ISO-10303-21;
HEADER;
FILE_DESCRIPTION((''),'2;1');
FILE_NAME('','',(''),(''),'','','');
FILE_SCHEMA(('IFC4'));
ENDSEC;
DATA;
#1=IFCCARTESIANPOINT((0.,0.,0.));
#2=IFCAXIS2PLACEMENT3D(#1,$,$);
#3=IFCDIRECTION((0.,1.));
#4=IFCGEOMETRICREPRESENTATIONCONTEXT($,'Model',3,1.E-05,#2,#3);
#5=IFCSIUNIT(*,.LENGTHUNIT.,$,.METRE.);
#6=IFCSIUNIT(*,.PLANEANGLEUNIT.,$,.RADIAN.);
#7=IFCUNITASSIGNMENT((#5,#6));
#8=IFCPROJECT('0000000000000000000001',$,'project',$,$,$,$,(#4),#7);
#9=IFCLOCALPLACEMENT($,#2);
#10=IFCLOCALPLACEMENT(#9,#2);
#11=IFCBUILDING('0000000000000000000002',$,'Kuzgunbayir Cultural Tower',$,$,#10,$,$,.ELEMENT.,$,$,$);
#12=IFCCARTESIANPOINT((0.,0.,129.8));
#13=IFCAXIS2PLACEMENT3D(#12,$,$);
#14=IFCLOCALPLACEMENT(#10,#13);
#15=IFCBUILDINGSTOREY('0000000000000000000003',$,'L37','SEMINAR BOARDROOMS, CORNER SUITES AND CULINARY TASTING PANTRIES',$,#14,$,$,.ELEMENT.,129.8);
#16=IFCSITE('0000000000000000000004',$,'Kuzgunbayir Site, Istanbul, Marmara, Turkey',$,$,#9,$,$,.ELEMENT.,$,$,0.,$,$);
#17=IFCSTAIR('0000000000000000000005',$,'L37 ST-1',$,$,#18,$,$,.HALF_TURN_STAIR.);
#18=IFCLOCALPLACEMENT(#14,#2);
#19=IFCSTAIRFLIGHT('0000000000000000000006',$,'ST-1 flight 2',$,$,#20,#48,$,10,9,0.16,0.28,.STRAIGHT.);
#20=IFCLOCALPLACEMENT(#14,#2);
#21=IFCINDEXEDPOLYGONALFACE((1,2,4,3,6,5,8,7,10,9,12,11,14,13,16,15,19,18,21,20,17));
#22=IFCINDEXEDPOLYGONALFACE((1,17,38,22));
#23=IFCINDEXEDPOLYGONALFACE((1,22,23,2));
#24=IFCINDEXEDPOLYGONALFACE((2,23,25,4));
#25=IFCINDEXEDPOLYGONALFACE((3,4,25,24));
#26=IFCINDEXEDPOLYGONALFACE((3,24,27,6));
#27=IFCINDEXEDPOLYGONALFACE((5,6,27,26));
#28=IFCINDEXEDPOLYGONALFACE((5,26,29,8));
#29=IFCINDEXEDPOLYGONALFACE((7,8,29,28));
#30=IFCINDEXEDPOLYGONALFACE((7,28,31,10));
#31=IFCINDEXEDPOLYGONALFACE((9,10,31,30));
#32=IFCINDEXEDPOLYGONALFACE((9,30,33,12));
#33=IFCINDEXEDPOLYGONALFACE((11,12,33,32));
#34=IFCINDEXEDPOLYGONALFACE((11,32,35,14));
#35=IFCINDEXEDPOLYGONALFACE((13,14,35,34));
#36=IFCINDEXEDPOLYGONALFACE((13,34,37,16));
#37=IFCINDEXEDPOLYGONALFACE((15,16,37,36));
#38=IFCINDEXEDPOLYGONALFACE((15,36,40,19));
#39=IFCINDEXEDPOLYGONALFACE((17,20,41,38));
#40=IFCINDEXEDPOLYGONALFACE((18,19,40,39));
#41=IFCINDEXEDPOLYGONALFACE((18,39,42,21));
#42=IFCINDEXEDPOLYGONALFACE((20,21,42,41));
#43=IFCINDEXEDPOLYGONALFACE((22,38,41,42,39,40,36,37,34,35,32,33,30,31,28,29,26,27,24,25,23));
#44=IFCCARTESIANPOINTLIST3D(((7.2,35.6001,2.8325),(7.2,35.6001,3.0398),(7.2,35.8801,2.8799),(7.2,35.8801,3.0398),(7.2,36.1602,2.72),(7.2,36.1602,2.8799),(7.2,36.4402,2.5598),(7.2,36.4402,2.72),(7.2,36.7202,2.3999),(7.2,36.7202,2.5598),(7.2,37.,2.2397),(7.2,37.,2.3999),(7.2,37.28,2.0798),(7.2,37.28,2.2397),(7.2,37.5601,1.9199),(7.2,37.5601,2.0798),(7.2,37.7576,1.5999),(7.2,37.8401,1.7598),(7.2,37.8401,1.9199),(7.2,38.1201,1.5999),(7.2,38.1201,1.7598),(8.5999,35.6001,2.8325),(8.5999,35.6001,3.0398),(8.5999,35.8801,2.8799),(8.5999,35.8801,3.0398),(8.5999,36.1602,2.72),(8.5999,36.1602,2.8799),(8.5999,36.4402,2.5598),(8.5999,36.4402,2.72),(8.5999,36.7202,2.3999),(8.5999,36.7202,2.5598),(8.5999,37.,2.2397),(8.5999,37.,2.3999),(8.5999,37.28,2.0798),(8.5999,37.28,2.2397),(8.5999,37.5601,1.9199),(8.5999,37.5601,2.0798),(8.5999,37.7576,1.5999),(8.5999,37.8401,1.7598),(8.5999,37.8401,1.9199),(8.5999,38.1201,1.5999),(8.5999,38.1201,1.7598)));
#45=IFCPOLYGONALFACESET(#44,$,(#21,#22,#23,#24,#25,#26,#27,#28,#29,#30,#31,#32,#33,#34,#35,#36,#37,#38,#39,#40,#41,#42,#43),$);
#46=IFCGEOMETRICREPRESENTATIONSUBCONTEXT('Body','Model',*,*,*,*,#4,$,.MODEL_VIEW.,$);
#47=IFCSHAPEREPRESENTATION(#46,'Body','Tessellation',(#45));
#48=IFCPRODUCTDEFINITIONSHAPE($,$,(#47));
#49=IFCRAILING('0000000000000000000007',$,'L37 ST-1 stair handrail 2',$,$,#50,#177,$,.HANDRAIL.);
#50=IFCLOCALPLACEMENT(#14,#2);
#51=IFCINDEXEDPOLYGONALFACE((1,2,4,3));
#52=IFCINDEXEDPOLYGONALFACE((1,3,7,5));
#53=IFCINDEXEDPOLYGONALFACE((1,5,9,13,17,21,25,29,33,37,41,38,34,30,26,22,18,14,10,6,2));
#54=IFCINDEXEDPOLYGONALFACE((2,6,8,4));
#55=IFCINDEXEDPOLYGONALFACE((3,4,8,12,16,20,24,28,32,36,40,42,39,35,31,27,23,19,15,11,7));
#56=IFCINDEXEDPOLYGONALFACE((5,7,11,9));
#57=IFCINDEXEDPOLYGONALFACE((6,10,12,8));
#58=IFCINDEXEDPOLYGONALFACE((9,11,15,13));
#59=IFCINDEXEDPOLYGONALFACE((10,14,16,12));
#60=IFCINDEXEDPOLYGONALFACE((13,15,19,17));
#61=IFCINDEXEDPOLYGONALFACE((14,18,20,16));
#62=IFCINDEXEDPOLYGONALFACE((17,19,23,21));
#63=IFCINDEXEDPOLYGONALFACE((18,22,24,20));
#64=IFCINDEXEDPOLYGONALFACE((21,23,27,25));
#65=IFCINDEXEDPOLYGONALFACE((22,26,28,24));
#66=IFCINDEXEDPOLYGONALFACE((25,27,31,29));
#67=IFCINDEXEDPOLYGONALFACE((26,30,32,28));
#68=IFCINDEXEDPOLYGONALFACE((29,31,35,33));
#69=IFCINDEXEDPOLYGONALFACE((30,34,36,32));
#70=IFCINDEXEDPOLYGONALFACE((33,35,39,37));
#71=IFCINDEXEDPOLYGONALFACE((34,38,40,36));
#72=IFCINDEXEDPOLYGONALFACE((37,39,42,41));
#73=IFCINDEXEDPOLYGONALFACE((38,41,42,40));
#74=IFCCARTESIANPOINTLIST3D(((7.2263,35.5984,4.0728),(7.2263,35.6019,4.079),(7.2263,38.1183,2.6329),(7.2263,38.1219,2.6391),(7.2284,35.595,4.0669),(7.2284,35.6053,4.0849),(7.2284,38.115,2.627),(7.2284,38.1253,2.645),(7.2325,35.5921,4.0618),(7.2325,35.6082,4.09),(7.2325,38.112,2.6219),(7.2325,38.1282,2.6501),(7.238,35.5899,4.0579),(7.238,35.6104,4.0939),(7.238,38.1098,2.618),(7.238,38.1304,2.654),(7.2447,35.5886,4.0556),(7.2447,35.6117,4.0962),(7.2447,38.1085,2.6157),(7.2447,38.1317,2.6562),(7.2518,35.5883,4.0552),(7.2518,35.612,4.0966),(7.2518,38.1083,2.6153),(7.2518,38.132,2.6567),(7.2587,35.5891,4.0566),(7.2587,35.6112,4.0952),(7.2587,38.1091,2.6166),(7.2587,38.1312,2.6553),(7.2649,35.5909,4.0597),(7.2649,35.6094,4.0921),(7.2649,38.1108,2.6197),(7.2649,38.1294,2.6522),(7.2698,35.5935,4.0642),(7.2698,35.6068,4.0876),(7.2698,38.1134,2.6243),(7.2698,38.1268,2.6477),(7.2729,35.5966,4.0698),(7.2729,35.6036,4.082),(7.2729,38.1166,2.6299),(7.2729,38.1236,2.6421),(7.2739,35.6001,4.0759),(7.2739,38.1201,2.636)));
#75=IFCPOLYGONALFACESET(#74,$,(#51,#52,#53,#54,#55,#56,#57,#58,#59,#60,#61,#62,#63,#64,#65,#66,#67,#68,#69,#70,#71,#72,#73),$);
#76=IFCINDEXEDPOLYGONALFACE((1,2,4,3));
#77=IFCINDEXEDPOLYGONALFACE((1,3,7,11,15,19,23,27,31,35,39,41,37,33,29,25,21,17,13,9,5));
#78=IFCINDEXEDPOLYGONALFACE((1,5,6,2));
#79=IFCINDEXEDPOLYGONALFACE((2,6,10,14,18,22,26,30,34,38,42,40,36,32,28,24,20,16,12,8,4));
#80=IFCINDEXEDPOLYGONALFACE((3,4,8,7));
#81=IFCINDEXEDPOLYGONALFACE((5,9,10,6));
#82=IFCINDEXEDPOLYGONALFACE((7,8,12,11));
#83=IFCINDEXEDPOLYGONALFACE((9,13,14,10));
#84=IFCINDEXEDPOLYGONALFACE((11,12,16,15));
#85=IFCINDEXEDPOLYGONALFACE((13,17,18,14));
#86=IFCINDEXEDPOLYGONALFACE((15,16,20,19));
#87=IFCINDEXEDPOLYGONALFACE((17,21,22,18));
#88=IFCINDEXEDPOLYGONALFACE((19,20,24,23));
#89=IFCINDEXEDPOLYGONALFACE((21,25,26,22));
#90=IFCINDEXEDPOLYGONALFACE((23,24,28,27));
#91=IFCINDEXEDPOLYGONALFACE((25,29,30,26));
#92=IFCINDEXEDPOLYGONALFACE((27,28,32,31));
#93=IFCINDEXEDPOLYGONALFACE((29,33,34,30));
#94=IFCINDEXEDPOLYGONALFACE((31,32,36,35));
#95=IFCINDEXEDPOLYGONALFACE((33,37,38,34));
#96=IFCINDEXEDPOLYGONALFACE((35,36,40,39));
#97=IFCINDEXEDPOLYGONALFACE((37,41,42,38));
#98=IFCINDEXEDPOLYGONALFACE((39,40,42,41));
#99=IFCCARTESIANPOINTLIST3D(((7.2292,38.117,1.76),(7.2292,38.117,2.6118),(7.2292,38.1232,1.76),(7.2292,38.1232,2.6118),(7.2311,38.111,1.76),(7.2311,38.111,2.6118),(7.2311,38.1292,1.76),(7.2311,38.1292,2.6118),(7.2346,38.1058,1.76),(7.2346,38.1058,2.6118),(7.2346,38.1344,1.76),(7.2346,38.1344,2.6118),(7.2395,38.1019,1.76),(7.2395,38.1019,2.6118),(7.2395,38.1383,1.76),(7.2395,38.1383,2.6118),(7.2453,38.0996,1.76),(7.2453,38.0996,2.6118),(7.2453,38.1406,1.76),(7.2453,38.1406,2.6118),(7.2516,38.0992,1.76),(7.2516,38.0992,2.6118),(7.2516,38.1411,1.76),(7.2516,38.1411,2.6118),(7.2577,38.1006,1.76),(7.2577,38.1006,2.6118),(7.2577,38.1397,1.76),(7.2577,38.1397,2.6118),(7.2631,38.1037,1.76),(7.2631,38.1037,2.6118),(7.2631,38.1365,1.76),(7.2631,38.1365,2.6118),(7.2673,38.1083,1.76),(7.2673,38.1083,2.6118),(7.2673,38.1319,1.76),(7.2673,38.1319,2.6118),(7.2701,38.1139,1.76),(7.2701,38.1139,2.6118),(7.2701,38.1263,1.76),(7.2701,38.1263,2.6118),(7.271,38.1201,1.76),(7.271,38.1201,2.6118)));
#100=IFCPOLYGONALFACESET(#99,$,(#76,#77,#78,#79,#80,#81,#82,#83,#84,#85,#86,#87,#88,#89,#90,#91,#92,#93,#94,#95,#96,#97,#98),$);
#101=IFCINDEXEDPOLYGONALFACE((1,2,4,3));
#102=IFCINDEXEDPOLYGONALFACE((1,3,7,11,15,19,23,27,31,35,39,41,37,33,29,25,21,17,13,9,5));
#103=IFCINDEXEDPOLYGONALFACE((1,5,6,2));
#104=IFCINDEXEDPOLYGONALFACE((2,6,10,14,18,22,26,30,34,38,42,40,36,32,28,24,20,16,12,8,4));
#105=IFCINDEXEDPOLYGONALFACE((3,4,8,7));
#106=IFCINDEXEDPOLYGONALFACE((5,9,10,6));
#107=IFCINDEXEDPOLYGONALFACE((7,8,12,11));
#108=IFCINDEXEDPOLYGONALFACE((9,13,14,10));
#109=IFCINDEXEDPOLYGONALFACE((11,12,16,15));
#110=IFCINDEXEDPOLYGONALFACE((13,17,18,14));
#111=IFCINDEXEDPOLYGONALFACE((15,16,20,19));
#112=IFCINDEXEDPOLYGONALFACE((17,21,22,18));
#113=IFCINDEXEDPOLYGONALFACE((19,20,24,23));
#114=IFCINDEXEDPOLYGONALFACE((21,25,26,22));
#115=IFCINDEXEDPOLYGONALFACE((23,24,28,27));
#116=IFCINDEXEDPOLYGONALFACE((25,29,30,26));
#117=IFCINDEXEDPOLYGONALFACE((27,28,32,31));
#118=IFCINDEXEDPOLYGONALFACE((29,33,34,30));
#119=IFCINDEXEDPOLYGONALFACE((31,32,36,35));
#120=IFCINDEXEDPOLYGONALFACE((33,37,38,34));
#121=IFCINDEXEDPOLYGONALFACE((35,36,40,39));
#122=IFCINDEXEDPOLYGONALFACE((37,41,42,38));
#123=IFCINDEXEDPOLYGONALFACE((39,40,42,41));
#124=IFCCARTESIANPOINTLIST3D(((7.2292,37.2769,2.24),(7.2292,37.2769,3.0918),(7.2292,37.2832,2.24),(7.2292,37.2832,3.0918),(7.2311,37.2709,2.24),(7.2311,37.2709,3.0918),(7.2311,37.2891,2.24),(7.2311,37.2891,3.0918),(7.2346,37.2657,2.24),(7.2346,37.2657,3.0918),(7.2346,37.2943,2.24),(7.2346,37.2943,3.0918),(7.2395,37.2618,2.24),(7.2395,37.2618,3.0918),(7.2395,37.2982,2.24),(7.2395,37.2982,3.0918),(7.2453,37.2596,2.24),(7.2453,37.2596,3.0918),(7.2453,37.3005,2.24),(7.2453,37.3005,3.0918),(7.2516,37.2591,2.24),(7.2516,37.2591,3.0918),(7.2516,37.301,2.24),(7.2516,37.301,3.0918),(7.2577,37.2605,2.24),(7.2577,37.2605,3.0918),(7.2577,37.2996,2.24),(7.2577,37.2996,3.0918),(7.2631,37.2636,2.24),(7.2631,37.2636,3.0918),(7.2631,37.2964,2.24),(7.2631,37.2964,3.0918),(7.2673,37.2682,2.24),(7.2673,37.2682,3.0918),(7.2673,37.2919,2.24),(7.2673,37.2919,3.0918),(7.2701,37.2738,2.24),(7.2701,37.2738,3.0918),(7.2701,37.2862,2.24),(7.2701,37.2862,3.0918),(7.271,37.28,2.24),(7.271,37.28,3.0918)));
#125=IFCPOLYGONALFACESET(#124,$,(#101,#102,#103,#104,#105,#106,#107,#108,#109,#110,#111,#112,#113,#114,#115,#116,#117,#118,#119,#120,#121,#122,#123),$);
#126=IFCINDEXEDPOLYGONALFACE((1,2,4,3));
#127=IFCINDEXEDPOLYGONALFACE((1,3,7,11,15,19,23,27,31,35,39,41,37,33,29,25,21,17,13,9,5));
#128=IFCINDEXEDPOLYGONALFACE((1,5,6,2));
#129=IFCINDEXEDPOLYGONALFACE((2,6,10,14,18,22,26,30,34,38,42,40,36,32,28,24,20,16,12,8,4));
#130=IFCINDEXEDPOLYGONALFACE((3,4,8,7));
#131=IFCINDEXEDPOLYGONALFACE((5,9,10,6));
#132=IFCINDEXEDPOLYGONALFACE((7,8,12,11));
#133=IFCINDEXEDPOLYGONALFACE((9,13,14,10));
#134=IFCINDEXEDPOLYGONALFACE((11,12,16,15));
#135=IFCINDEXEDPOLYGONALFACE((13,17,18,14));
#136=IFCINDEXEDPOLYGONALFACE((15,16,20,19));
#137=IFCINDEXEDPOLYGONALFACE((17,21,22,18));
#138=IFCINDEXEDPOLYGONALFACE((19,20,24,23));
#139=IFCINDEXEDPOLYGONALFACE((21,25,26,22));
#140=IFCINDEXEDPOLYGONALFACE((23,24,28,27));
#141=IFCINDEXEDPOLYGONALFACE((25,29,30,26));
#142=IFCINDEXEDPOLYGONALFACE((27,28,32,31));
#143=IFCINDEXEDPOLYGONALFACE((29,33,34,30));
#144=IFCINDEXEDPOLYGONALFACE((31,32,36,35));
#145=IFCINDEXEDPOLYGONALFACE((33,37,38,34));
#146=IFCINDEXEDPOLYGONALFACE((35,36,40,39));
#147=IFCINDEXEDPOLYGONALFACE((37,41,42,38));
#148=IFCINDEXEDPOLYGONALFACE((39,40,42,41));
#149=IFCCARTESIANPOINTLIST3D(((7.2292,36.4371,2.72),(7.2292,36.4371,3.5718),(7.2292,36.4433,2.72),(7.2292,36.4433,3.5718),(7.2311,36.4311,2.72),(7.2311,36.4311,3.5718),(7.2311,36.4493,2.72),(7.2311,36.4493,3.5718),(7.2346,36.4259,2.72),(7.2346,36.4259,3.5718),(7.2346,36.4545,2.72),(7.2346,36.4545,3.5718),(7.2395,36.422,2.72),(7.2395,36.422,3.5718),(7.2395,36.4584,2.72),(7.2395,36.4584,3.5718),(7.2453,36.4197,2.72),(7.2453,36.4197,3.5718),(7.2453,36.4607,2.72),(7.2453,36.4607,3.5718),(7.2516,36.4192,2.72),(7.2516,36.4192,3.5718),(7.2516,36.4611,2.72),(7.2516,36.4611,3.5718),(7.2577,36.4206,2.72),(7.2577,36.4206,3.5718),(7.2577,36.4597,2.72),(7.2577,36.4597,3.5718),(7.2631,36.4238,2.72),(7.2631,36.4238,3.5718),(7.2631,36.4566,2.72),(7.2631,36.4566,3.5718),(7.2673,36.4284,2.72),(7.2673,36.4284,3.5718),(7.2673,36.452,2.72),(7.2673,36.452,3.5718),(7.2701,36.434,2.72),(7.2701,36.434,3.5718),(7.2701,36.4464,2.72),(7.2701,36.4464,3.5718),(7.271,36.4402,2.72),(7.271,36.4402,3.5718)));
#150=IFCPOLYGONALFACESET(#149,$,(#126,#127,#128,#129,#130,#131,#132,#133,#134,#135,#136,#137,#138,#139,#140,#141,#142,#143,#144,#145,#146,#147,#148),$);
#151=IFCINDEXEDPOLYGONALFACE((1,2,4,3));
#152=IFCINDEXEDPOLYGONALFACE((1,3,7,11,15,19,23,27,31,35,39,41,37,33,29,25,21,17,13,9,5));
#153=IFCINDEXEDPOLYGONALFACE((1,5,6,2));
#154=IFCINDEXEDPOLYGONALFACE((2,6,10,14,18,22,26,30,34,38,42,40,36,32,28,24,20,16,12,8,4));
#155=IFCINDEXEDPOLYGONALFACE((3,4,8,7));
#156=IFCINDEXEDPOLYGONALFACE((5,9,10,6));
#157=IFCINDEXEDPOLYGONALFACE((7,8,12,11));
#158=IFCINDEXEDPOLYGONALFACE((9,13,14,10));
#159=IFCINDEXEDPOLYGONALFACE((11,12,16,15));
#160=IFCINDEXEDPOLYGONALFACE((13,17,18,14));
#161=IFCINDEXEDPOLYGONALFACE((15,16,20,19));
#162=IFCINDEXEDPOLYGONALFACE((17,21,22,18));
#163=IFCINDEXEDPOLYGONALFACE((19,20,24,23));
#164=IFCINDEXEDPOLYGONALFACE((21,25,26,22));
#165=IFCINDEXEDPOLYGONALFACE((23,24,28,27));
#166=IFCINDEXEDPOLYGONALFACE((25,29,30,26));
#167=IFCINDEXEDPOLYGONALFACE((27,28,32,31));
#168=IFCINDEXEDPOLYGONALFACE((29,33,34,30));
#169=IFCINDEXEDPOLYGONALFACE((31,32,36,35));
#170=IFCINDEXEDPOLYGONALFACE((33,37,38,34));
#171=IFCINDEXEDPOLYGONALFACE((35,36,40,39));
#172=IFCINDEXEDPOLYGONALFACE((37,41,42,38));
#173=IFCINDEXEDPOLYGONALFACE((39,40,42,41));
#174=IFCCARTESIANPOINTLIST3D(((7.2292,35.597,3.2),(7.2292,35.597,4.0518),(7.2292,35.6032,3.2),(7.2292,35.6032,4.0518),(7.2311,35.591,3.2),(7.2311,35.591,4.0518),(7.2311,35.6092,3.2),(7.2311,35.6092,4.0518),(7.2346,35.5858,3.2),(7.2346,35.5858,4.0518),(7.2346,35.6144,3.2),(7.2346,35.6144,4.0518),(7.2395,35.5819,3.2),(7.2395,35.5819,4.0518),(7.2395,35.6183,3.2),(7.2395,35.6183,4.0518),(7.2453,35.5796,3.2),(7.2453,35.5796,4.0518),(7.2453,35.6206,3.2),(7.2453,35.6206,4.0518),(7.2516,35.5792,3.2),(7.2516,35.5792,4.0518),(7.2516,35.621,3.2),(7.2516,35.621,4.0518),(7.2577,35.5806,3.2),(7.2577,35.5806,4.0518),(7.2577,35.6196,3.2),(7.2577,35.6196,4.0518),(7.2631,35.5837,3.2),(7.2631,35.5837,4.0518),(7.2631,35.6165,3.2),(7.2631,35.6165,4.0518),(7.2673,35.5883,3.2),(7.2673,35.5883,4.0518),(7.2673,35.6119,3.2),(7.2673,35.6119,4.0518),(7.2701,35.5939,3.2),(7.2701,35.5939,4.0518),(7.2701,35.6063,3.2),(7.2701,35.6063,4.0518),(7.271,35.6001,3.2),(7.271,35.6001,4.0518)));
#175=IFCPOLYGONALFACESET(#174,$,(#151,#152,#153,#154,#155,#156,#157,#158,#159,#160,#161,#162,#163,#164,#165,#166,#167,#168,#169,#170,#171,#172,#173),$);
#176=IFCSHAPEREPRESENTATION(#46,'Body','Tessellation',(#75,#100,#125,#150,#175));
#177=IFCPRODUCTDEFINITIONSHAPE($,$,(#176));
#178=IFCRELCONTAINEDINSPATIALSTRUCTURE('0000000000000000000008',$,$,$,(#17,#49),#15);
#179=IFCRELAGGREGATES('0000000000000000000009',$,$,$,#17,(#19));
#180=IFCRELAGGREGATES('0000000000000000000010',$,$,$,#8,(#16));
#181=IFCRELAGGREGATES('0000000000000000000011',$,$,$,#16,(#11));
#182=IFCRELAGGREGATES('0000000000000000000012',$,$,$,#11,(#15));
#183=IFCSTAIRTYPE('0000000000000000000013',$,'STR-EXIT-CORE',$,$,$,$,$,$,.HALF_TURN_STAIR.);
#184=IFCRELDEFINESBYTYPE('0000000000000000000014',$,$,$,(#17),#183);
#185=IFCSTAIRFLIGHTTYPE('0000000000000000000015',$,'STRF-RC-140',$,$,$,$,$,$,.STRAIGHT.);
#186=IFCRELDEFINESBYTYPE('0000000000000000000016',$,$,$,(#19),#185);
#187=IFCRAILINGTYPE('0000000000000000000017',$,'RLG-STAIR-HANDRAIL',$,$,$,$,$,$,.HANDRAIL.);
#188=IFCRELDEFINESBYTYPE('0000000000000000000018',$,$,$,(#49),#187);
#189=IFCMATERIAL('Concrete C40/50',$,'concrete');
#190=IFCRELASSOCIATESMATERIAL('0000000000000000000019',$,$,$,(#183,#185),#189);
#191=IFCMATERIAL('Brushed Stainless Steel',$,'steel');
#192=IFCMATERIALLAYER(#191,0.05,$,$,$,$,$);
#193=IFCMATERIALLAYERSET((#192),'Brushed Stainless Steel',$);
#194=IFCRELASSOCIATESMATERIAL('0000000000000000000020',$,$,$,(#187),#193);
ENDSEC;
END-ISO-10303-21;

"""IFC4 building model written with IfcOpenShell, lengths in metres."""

from ifc_helpers import new_model, si_unit, direction, frame, origin, origin_2d, place, context, subcontext, project, spatial, polyline, circle, outline, extrude, material, layer, layer_set, type_object, element, aggregate, save


model = new_model("IFC4")

# Units and contexts
model_context = context("Model", 3, precision=1e-05, world=origin(), true_north=direction((0.0, 1.0)))
body_context = subcontext(model_context, "Body", "Model", "MODEL_VIEW")
ifc_project = project(units=[si_unit("LENGTHUNIT", "METRE"), si_unit("PLANEANGLEUNIT", "RADIAN")], contexts=[model_context])

# Site, building, storey
site_placement = place(None, origin())
site = spatial("IfcSite", under=ifc_project, at=site_placement, Name="Kuzgunbayir Site, Istanbul, Marmara, Turkey", CompositionType="ELEMENT", RefElevation=0.0)
building_placement = place(site_placement, origin())
building = spatial("IfcBuilding", under=site, at=building_placement, Name="Kuzgunbayir Cultural Tower", CompositionType="ELEMENT")
storey_placement = place(building_placement, frame((0.0, 0.0, 129.8)))
storey = spatial("IfcBuildingStorey", under=building, at=storey_placement, Name="L37", Description="SEMINAR BOARDROOMS, CORNER SUITES AND CULINARY TASTING PANTRIES", CompositionType="ELEMENT", Elevation=129.8)

# Stair, stair flight
ifc_material_1 = material(Name="Concrete C40/50", Category="concrete")
stair_type = type_object("IfcStairType", Name="STR-EXIT-CORE", PredefinedType="HALF_TURN_STAIR", material=ifc_material_1)
stair_placement = place(storey_placement, origin())
stair = element("IfcStair", 1, at=stair_placement, inside=storey, type_object=stair_type, Name="L37 ST-1", PredefinedType="HALF_TURN_STAIR")
stair_flight_type = type_object("IfcStairFlightType", Name="STRF-RC-140", PredefinedType="STRAIGHT", material=ifc_material_1)
stair_flight_placement = place(storey_placement, frame((7.8999, 38.1201, 1.5999), z_axis=(0.0, 0.0, 1.0), x_axis=(0.0, -1.0, 0.0)))
stair_flight = element("IfcStairFlight", 2, at=stair_flight_placement, type_object=stair_flight_type, Name="ST-1 flight 2", NumberOfRisers=10, NumberOfTreads=9, PredefinedType="STRAIGHT", RiserHeight=0.16, TreadLength=0.28, context=body_context, shape_type="SweptSolid", body=[
    extrude(outline(polyline([(0.0, 0.0), (0.0, 0.1599), (0.28, 0.1599), (0.28, 0.3201), (0.5601, 0.3201), (0.5601, 0.48), (0.8401, 0.48), (0.8401, 0.6399), (1.1201, 0.6399), (1.1201, 0.8), (1.3999, 0.8), (1.3999, 0.96), (1.6799, 0.96), (1.6799, 1.1201), (1.96, 1.1201), (1.96, 1.28), (2.24, 1.28), (2.24, 1.4399), (2.52, 1.4399), (2.52, 1.6001), (2.52, 1.2327), (0.3625, 0.0), (0.0, 0.0)])), frame((0.0, 0.7, 0.0), z_axis=(0.0, -1.0, 0.0), x_axis=(1.0, 0.0, 0.0)), (0.0, 0.0, 1.0), 1.3999),
])
aggregate(stair, [stair_flight])

# Railing
ifc_material_2 = material(Name="Brushed Stainless Steel", Category="steel")
ifc_layer_1 = layer(ifc_material_2, 0.05)
ifc_layer_set_1 = layer_set([ifc_layer_1], Name="Brushed Stainless Steel")
railing_type_1 = type_object("IfcRailingType", Name="RLG-STAIR-HANDRAIL", PredefinedType="HANDRAIL", material=ifc_layer_set_1)
railing_1_placement = place(storey_placement, frame((7.25, 38.1201, 1.76)))
element("IfcRailing", 3, at=railing_1_placement, inside=storey, type_object=railing_type_1, Name="L37 ST-1 stair handrail 2", PredefinedType="HANDRAIL", context=body_context, shape_type="SweptSolid", body=[
    extrude(circle(Radius=0.0239, at=origin_2d()), frame((0.0, 0.0, 0.876), z_axis=(0.0, -0.868253, 0.496121), x_axis=(1.0, 0.0, 0.0)), (0.0, 0.0, 1.0), 2.9023),
    extrude(circle(Radius=0.021, at=origin_2d()), origin(), (0.0, 0.0, 1.0), 0.8518),
    extrude(circle(Radius=0.021, at=origin_2d()), frame((0.0, -0.8401, 0.48)), (0.0, 0.0, 1.0), 0.8518),
    extrude(circle(Radius=0.021, at=origin_2d()), frame((0.0, -1.6799, 0.96)), (0.0, 0.0, 1.0), 0.8518),
    extrude(circle(Radius=0.021, at=origin_2d()), frame((0.0, -2.52, 1.4399)), (0.0, 0.0, 1.0), 0.8518),
])

save(model, "model.ifc")
